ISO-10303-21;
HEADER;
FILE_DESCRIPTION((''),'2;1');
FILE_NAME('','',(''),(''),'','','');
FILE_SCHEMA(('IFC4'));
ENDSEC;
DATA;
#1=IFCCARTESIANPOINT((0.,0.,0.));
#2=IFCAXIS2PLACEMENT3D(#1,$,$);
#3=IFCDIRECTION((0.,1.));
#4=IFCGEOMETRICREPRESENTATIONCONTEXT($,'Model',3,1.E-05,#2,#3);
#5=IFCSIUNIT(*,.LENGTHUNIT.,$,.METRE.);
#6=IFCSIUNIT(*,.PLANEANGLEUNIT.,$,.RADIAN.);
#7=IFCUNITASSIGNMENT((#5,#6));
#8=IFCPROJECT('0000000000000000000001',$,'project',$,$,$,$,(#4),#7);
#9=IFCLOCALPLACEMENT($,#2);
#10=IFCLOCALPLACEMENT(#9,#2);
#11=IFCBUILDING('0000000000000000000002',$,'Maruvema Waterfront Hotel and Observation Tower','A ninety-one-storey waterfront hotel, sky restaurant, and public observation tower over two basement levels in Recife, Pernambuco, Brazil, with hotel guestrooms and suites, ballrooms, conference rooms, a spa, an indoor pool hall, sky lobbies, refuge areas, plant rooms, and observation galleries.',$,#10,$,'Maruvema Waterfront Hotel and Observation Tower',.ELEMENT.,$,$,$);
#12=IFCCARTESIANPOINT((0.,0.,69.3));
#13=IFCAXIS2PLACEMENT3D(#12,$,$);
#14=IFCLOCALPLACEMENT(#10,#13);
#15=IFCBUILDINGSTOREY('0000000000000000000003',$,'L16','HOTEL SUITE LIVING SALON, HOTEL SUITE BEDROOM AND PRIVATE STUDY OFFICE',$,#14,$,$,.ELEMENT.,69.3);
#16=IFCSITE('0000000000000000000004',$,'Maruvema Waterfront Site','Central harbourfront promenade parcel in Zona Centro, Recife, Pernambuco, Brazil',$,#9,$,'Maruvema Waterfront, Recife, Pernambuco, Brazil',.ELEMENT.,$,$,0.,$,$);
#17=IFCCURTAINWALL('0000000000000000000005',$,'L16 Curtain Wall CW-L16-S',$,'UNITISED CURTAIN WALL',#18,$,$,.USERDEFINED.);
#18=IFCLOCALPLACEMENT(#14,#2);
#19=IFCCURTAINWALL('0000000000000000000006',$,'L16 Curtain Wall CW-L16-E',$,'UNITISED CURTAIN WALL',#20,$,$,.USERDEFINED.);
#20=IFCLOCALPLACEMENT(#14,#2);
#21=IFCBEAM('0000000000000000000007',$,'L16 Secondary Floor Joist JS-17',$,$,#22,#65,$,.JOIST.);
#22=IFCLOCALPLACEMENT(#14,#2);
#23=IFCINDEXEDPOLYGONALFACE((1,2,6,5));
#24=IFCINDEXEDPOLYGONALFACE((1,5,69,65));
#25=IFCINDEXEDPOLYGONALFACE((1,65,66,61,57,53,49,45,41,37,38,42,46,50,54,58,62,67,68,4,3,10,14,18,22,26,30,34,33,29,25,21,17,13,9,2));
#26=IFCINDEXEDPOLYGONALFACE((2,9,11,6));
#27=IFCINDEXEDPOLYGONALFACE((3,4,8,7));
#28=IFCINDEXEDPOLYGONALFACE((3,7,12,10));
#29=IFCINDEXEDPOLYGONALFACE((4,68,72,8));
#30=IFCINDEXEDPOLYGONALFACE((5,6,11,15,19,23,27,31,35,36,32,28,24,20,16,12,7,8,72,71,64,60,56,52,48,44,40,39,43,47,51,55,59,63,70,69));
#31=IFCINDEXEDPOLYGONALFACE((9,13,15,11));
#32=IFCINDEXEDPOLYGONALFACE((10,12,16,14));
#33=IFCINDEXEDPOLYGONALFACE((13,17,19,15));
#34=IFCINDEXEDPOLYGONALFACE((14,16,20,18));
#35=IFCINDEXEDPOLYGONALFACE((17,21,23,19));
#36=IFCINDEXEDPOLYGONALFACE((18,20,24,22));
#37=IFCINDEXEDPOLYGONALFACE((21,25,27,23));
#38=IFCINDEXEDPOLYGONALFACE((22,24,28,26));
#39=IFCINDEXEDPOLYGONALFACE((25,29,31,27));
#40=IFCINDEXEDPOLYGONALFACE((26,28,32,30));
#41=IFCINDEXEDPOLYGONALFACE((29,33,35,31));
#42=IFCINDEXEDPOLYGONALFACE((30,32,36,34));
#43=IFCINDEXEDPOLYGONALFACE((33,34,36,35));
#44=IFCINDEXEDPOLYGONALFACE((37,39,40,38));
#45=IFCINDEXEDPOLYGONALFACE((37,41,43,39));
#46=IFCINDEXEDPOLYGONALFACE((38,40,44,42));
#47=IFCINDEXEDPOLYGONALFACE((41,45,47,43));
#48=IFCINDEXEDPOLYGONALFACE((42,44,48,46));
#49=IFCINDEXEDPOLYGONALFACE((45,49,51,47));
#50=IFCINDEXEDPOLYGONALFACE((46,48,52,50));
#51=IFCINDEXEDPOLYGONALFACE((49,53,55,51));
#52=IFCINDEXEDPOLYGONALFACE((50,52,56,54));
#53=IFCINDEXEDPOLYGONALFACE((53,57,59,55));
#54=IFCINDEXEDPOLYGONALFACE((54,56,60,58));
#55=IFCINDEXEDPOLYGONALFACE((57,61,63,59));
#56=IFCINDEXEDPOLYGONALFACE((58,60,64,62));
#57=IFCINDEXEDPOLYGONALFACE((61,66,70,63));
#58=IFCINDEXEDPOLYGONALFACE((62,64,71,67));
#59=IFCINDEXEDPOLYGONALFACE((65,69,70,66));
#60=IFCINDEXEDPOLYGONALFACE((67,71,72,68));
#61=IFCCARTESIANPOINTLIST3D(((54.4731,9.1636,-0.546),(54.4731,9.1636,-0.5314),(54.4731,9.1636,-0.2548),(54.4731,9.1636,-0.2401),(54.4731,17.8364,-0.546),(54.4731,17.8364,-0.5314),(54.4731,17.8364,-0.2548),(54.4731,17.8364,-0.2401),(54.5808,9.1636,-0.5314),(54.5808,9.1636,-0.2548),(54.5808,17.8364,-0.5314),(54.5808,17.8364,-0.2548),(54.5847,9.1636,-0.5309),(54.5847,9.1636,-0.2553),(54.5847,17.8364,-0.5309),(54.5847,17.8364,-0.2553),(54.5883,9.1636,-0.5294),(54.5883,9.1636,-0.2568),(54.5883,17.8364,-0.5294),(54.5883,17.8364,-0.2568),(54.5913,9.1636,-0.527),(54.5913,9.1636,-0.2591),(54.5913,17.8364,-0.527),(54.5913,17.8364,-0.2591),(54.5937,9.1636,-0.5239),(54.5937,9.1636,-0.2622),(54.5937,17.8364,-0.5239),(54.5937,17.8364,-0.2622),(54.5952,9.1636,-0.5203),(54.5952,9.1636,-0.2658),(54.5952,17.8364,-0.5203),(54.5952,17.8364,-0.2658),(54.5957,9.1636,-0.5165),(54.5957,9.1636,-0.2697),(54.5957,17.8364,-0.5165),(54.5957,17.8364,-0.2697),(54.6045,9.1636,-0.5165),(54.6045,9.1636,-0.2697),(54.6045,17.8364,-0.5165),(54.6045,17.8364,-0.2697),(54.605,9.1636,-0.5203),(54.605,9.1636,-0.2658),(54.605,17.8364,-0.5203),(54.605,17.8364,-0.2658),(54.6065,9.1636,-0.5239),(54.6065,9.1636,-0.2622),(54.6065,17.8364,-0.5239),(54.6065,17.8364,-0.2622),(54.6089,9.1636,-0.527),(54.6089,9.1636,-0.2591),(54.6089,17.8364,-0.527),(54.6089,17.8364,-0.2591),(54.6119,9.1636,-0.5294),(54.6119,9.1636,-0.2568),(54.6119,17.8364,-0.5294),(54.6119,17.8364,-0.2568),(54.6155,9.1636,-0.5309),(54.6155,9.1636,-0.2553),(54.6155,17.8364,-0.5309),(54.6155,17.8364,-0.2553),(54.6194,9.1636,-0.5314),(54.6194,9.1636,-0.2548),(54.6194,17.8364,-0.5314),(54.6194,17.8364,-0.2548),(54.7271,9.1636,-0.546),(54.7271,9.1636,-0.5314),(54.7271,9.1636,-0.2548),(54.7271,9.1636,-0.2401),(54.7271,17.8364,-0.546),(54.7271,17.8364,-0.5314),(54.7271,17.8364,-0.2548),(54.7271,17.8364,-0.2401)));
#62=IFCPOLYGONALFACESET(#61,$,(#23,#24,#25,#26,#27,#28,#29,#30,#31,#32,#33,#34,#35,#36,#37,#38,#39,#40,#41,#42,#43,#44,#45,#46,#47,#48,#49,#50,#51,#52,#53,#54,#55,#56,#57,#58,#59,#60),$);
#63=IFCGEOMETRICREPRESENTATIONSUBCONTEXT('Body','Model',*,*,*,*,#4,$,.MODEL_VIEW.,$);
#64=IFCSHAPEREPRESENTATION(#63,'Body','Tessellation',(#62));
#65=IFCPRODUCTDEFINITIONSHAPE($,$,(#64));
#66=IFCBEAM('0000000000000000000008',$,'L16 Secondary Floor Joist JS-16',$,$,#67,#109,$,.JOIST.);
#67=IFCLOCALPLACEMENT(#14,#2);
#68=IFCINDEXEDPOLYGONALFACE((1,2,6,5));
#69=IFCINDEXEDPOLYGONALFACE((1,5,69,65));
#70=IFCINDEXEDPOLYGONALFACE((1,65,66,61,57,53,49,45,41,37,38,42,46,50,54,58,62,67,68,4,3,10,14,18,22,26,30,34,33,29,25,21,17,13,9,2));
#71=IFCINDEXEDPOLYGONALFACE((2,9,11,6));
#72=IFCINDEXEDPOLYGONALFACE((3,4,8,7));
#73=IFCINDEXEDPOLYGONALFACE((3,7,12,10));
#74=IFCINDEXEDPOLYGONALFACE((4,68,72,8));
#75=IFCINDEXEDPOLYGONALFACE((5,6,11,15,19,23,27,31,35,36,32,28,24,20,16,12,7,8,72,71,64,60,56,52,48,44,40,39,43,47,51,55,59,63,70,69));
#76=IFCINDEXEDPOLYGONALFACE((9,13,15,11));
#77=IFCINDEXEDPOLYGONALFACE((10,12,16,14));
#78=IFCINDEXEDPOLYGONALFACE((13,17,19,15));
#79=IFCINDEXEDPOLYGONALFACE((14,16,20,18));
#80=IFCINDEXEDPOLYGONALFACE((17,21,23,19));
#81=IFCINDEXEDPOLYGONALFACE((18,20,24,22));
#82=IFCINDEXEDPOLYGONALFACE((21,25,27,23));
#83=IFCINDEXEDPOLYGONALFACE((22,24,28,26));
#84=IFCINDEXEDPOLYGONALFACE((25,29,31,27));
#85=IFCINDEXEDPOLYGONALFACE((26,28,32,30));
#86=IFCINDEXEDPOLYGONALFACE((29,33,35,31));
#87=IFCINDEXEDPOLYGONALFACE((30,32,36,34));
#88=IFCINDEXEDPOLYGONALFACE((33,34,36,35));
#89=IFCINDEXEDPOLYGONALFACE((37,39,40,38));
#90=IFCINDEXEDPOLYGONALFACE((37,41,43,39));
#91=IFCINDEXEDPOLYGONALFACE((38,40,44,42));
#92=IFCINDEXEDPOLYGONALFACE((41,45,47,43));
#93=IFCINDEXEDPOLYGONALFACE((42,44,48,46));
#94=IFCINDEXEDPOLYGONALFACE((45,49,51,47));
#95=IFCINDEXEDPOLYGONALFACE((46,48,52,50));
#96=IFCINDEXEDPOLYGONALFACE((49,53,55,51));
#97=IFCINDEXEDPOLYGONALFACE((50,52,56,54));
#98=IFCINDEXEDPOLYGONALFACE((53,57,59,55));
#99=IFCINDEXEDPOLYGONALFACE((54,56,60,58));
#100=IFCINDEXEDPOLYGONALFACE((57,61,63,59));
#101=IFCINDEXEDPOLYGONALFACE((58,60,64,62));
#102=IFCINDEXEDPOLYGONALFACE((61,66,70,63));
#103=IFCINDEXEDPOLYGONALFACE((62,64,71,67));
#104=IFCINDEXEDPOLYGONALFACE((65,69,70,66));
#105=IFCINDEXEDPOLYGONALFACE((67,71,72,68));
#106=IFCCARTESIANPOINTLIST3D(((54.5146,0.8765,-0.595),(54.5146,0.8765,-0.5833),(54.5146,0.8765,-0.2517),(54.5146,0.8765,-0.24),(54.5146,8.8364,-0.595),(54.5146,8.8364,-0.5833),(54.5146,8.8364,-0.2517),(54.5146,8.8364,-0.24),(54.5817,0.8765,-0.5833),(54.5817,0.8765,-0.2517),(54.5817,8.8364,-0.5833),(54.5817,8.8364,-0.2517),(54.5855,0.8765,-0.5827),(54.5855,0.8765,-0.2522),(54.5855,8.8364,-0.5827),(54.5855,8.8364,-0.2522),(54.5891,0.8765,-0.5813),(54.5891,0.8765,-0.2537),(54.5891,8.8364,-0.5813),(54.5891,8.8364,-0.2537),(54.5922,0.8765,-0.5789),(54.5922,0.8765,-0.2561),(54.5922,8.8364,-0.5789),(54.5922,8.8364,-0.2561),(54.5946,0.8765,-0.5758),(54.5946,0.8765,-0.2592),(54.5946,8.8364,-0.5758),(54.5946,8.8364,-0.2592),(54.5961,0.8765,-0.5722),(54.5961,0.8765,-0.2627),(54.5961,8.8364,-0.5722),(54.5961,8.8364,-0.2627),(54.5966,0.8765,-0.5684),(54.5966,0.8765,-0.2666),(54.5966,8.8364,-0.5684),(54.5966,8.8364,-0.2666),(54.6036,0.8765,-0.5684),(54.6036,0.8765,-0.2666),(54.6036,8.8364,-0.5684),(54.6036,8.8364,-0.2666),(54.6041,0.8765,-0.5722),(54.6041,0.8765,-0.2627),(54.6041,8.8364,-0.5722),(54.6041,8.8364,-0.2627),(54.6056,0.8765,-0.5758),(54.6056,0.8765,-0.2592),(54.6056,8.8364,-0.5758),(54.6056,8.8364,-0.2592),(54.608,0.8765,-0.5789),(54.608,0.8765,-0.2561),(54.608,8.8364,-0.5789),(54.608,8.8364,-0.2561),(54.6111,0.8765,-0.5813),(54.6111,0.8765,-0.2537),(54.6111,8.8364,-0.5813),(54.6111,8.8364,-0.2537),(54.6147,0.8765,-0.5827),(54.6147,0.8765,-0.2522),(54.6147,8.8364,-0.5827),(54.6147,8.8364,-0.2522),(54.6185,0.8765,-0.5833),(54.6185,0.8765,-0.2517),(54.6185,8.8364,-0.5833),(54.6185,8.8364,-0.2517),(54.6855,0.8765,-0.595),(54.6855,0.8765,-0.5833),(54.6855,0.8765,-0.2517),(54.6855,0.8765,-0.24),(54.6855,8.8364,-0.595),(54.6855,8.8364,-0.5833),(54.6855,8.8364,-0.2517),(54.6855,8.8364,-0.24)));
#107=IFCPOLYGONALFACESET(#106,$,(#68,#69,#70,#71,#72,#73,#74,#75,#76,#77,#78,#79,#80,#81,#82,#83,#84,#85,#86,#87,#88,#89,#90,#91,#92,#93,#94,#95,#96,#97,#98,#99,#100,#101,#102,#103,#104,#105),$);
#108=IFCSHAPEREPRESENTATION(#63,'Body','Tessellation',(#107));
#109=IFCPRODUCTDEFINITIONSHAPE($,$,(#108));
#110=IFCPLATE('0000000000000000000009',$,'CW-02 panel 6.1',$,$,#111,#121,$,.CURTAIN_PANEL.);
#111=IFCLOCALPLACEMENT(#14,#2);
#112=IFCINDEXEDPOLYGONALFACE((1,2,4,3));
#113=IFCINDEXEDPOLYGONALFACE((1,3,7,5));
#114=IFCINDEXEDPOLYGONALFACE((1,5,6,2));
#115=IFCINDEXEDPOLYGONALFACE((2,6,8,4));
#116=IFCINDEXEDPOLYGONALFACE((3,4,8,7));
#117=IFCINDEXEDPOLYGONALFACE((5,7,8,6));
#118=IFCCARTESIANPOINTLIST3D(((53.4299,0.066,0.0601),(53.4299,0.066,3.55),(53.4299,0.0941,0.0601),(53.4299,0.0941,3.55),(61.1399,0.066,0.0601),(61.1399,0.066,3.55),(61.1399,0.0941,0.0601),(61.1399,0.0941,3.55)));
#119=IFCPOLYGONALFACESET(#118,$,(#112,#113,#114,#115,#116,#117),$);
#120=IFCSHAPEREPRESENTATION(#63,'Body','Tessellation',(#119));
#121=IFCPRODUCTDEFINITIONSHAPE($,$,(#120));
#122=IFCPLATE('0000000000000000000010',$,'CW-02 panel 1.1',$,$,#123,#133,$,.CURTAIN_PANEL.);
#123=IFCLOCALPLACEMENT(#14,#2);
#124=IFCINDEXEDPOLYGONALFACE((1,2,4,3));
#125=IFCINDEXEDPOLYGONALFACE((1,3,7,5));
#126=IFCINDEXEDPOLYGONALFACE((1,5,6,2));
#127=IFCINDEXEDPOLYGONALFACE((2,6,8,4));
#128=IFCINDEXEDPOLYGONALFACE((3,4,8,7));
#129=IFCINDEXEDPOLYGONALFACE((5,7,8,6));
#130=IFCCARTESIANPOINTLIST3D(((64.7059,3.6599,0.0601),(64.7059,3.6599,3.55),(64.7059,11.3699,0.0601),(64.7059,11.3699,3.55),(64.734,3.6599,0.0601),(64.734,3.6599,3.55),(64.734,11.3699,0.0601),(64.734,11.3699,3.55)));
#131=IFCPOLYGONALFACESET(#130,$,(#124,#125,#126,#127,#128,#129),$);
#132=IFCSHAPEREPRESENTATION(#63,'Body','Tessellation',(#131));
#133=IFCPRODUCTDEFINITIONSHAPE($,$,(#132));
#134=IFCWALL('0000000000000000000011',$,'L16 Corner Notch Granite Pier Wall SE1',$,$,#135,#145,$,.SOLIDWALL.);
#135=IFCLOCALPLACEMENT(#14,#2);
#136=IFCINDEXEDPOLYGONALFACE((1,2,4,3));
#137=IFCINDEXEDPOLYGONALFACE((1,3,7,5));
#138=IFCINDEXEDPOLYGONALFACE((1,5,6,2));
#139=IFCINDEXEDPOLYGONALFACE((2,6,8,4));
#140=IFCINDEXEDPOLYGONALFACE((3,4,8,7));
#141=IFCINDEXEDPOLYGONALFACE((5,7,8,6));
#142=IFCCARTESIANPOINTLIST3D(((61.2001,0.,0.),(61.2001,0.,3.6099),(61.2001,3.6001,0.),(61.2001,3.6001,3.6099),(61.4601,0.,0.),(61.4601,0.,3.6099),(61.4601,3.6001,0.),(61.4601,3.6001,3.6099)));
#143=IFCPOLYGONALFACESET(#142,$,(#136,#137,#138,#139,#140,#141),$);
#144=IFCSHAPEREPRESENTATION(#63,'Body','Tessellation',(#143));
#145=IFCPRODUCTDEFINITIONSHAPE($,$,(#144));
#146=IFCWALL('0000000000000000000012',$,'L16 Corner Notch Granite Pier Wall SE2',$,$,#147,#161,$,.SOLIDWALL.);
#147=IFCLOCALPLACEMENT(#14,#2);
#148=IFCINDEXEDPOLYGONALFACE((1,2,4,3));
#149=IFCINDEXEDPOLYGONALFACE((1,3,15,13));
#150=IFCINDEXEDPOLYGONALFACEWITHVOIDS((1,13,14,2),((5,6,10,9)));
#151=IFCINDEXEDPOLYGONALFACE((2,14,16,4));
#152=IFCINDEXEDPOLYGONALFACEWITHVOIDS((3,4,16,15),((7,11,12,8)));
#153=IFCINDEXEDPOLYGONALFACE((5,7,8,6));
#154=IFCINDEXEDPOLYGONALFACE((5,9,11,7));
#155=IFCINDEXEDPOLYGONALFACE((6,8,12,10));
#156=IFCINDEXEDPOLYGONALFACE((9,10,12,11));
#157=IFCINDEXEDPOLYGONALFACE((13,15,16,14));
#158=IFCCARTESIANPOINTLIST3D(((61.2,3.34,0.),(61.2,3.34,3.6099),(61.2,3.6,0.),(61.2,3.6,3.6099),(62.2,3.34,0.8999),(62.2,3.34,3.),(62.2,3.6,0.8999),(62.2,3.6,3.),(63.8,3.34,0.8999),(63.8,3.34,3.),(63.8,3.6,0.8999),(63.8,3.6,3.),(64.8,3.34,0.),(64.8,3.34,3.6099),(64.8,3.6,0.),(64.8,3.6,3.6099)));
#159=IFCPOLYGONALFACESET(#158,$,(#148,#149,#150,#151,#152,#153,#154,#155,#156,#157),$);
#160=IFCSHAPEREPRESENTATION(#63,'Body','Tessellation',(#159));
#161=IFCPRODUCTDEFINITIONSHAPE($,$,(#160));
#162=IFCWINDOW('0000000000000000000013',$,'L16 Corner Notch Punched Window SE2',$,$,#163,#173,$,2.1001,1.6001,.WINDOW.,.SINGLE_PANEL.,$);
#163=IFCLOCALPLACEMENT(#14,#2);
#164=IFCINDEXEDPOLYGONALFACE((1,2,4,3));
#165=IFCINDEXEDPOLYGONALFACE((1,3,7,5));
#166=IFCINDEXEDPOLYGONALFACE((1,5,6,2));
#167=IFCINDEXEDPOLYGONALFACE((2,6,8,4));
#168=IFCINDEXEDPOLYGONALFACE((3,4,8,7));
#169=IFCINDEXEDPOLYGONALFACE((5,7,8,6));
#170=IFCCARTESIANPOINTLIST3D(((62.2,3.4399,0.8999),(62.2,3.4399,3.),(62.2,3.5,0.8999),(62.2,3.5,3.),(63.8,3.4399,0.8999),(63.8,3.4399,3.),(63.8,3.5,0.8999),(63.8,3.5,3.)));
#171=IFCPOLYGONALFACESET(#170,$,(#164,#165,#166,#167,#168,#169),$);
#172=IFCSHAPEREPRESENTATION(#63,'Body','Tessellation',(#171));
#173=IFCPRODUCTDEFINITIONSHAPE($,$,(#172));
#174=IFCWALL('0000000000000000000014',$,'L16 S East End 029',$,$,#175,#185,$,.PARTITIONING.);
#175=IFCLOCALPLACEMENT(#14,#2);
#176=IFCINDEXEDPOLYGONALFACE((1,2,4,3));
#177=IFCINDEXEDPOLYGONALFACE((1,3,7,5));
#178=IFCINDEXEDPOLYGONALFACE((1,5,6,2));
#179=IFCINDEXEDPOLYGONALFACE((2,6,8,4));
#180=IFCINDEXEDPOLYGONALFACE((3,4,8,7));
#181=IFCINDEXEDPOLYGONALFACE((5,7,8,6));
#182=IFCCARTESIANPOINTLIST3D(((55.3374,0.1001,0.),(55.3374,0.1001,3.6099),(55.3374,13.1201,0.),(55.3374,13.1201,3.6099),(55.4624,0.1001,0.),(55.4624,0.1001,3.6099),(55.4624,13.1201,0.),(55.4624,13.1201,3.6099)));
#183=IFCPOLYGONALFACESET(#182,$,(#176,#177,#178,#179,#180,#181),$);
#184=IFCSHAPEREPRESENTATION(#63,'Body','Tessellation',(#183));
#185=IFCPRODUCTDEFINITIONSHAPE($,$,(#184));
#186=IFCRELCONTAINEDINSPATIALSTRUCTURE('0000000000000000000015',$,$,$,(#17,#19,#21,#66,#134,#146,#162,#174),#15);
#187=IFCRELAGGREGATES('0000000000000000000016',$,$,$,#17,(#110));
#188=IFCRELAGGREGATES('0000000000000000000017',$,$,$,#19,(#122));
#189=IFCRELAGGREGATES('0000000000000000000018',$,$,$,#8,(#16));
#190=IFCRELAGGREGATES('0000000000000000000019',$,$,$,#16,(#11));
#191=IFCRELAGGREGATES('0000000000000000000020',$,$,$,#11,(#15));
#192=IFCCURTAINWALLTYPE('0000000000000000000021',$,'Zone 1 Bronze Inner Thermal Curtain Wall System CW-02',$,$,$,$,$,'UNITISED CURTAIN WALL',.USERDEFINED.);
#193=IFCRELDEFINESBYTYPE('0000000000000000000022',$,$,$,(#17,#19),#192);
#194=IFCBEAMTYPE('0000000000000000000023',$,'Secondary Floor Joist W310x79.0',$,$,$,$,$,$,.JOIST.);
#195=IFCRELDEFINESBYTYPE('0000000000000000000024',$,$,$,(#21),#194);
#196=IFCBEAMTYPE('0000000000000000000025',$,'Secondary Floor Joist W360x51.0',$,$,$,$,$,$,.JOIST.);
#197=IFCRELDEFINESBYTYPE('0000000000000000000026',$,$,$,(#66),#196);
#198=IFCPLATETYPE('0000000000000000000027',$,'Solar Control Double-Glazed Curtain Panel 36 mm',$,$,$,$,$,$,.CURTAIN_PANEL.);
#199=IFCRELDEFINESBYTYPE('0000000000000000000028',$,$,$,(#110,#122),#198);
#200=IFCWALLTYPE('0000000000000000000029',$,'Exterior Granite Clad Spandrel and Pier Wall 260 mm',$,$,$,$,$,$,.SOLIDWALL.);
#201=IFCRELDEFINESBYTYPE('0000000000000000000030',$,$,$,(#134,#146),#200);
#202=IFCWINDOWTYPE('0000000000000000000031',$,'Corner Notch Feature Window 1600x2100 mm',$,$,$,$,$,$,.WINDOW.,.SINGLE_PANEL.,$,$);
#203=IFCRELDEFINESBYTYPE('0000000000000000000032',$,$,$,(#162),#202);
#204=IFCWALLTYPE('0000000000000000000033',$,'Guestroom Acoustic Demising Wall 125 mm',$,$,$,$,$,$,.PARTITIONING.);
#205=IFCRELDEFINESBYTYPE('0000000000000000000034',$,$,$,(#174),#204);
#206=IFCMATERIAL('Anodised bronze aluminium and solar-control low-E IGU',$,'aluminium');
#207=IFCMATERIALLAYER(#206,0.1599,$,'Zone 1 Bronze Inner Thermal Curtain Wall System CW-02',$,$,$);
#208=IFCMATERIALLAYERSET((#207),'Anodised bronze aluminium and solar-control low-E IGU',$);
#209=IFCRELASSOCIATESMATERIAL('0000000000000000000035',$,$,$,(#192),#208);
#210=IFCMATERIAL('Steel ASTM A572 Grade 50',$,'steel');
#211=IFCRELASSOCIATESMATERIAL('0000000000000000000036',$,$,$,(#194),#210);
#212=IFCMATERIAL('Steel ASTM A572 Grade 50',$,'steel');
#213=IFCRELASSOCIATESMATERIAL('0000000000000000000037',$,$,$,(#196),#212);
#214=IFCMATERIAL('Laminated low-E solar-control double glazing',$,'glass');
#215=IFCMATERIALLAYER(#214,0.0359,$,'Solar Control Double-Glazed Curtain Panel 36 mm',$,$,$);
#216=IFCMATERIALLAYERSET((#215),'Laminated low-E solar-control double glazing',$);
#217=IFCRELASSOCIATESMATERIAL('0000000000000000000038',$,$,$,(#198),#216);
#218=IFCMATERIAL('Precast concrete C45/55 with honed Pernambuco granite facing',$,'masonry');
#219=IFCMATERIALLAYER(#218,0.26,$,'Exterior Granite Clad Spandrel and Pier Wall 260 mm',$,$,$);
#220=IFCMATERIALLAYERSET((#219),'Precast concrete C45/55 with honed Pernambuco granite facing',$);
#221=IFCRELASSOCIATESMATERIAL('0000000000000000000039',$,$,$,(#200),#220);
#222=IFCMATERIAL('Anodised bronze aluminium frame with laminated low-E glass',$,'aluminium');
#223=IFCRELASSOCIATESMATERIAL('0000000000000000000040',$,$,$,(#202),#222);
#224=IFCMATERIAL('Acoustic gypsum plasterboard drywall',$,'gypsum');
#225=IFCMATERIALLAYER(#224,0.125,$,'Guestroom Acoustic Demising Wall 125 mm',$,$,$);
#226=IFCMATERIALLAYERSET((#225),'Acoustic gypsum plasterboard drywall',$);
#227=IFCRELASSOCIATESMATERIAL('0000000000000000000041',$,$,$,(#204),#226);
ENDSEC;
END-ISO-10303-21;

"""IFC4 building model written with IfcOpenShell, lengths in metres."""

from ifc_helpers import new_model, si_unit, direction, frame, frame_2d, origin, origin_2d, place, context, subcontext, project, spatial, rectangle, i_section, extrude, material, layer, layer_set, material_profile, profile_set, type_object, element, fill, aggregate, save


model = new_model("IFC4")

# Units and contexts
model_context = context("Model", 3, precision=1e-05, world=origin(), true_north=direction((0.0, 1.0)))
body_context = subcontext(model_context, "Body", "Model", "MODEL_VIEW")
ifc_project = project(units=[si_unit("LENGTHUNIT", "METRE"), si_unit("PLANEANGLEUNIT", "RADIAN")], contexts=[model_context])

# Site, building, storey
site_placement = place(None, origin())
site = spatial("IfcSite", under=ifc_project, at=site_placement, Name="Maruvema Waterfront Site", Description="Central harbourfront promenade parcel in Zona Centro, Recife, Pernambuco, Brazil", LongName="Maruvema Waterfront, Recife, Pernambuco, Brazil", CompositionType="ELEMENT", RefElevation=0.0)
building_placement = place(site_placement, origin())
building = spatial("IfcBuilding", under=site, at=building_placement, Name="Maruvema Waterfront Hotel and Observation Tower", Description="A ninety-one-storey waterfront hotel, sky restaurant, and public observation tower over two basement levels in Recife, Pernambuco, Brazil, with hotel guestrooms and suites, ballrooms, conference rooms, a spa, an indoor pool hall, sky lobbies, refuge areas, plant rooms, and observation galleries.", LongName="Maruvema Waterfront Hotel and Observation Tower", CompositionType="ELEMENT")
storey_placement = place(building_placement, frame((0.0, 0.0, 69.3)))
storey = spatial("IfcBuildingStorey", under=building, at=storey_placement, Name="L16", Description="HOTEL SUITE LIVING SALON, HOTEL SUITE BEDROOM AND PRIVATE STUDY OFFICE", CompositionType="ELEMENT", Elevation=69.3)

# Curtain walls
ifc_material_1 = material(Name="Anodised bronze aluminium and solar-control low-E IGU", Category="aluminium")
ifc_layer_1 = layer(ifc_material_1, 0.1599, Name="Zone 1 Bronze Inner Thermal Curtain Wall System CW-02")
ifc_layer_set_1 = layer_set([ifc_layer_1], Name="Anodised bronze aluminium and solar-control low-E IGU")
curtain_wall_type = type_object("IfcCurtainWallType", Name="Zone 1 Bronze Inner Thermal Curtain Wall System CW-02", ElementType="UNITISED CURTAIN WALL", PredefinedType="USERDEFINED", material=ifc_layer_set_1)
curtain_wall_1_placement = place(storey_placement, origin())
curtain_wall_1 = element("IfcCurtainWall", 1, at=curtain_wall_1_placement, inside=storey, type_object=curtain_wall_type, Name="L16 Curtain Wall CW-L16-S", ObjectType="UNITISED CURTAIN WALL", PredefinedType="USERDEFINED")
curtain_wall_2_placement = place(storey_placement, origin())
curtain_wall_2 = element("IfcCurtainWall", 2, at=curtain_wall_2_placement, inside=storey, type_object=curtain_wall_type, Name="L16 Curtain Wall CW-L16-E", ObjectType="UNITISED CURTAIN WALL", PredefinedType="USERDEFINED")

# Beams
ifc_material_2 = material(Name="Steel ASTM A572 Grade 50", Category="steel")
ifc_material_profile_1 = material_profile(ifc_material_2, i_section(OverallWidth=0.2539, OverallDepth=0.3059, WebThickness=0.0088, FlangeThickness=0.0146, FilletRadius=0.0149, at=origin_2d()), Name="W310x79.0")
ifc_profile_set_1 = profile_set([ifc_material_profile_1], Name="Steel ASTM A572 Grade 50")
beam_type_1 = type_object("IfcBeamType", Name="Secondary Floor Joist W310x79.0", PredefinedType="JOIST", material=ifc_profile_set_1)
beam_1_placement = place(storey_placement, frame((54.6001, 9.1636, -0.3931), z_axis=(0.0, 1.0, 0.0), x_axis=(-1.0, 0.0, 0.0)))
element("IfcBeam", 3, at=beam_1_placement, inside=storey, type_object=beam_type_1, Name="L16 Secondary Floor Joist JS-17", PredefinedType="JOIST", context=body_context, shape_type="SweptSolid", body=[
    extrude(i_section(OverallWidth=0.2539, OverallDepth=0.3059, WebThickness=0.0088, FlangeThickness=0.0146, FilletRadius=0.0149, at=origin_2d()), origin(), (0.0, 0.0, 1.0), 8.6729),
])
ifc_material_3 = material(Name="Steel ASTM A572 Grade 50", Category="steel")
ifc_material_profile_2 = material_profile(ifc_material_3, i_section(OverallWidth=0.1709, OverallDepth=0.355, WebThickness=0.0071, FlangeThickness=0.0117, FilletRadius=0.0149, at=origin_2d()), Name="W360x51.0")
ifc_profile_set_2 = profile_set([ifc_material_profile_2], Name="Steel ASTM A572 Grade 50")
beam_type_2 = type_object("IfcBeamType", Name="Secondary Floor Joist W360x51.0", PredefinedType="JOIST", material=ifc_profile_set_2)
beam_2_placement = place(storey_placement, frame((54.6001, 0.8765, -0.4175), z_axis=(0.0, 1.0, 0.0), x_axis=(-1.0, 0.0, 0.0)))
element("IfcBeam", 4, at=beam_2_placement, inside=storey, type_object=beam_type_2, Name="L16 Secondary Floor Joist JS-16", PredefinedType="JOIST", context=body_context, shape_type="SweptSolid", body=[
    extrude(i_section(OverallWidth=0.1709, OverallDepth=0.355, WebThickness=0.0071, FlangeThickness=0.0117, FilletRadius=0.0149, at=origin_2d()), origin(), (0.0, 0.0, 1.0), 7.96),
])

# Plates
ifc_material_4 = material(Name="Laminated low-E solar-control double glazing", Category="glass")
ifc_layer_2 = layer(ifc_material_4, 0.0359, Name="Solar Control Double-Glazed Curtain Panel 36 mm")
ifc_layer_set_2 = layer_set([ifc_layer_2], Name="Laminated low-E solar-control double glazing")
plate_type = type_object("IfcPlateType", Name="Solar Control Double-Glazed Curtain Panel 36 mm", PredefinedType="CURTAIN_PANEL", material=ifc_layer_set_2)
plate_1_placement = place(storey_placement, frame((57.2849, 0.0801, 0.0601), z_axis=(0.0, 0.0, 1.0), x_axis=(1.0, 0.0, 0.0)))
plate_1 = element("IfcPlate", 5, at=plate_1_placement, type_object=plate_type, Name="CW-02 panel 6.1", PredefinedType="CURTAIN_PANEL", context=body_context, shape_type="SweptSolid", body=[
    extrude(rectangle(XDim=7.71, YDim=0.0281, at=origin_2d()), origin(), (0.0, 0.0, 1.0), 3.49),
])
aggregate(curtain_wall_1, [plate_1])
plate_2_placement = place(storey_placement, frame((64.72, 7.5149, 0.0601), z_axis=(0.0, 0.0, 1.0), x_axis=(0.0, 1.0, 0.0)))
plate_2 = element("IfcPlate", 6, at=plate_2_placement, type_object=plate_type, Name="CW-02 panel 1.1", PredefinedType="CURTAIN_PANEL", context=body_context, shape_type="SweptSolid", body=[
    extrude(rectangle(XDim=7.71, YDim=0.0281, at=origin_2d()), origin(), (0.0, 0.0, 1.0), 3.49),
])
aggregate(curtain_wall_2, [plate_2])

# Wall
ifc_material_5 = material(Name="Precast concrete C45/55 with honed Pernambuco granite facing", Category="masonry")
ifc_layer_3 = layer(ifc_material_5, 0.26, Name="Exterior Granite Clad Spandrel and Pier Wall 260 mm")
ifc_layer_set_3 = layer_set([ifc_layer_3], Name="Precast concrete C45/55 with honed Pernambuco granite facing")
wall_type_1 = type_object("IfcWallType", Name="Exterior Granite Clad Spandrel and Pier Wall 260 mm", PredefinedType="SOLIDWALL", material=ifc_layer_set_3)
wall_1_placement = place(storey_placement, frame((61.3301, 3.6001, 0.0), z_axis=(0.0, 0.0, 1.0), x_axis=(0.0, -1.0, 0.0)))
element("IfcWall", 7, at=wall_1_placement, inside=storey, type_object=wall_type_1, Name="L16 Corner Notch Granite Pier Wall SE1", PredefinedType="SOLIDWALL", context=body_context, shape_type="SweptSolid", body=[
    extrude(rectangle(XDim=3.6001, YDim=0.26, at=frame_2d((1.8, 0.0))), origin(), (0.0, 0.0, 1.0), 3.6099),
])

# Wall, opening, window
wall_2_placement = place(storey_placement, frame((64.8, 3.47, 0.0), z_axis=(0.0, 0.0, 1.0), x_axis=(-1.0, 0.0, 0.0)))
wall_2 = element("IfcWall", 8, at=wall_2_placement, inside=storey, type_object=wall_type_1, Name="L16 Corner Notch Granite Pier Wall SE2", PredefinedType="SOLIDWALL", context=body_context, shape_type="SweptSolid", body=[
    extrude(rectangle(XDim=3.6001, YDim=0.26, at=frame_2d((1.8, 0.0))), origin(), (0.0, 0.0, 1.0), 3.6099),
])
opening_placement = place(wall_2_placement, frame((1.0, 0.0, 0.8999)))
opening = element("IfcOpeningElement", 9, at=opening_placement, cuts=wall_2, PredefinedType="OPENING", context=body_context, shape_type="SweptSolid", body=[
    extrude(rectangle(XDim=1.6001, YDim=2.1001, at=frame_2d((0.8, 1.05))), frame((0.0, 0.1401, 0.0), z_axis=(0.0, -1.0, 0.0), x_axis=(1.0, 0.0, 0.0)), (0.0, 0.0, 1.0), 0.28),
])
ifc_material_6 = material(Name="Anodised bronze aluminium frame with laminated low-E glass", Category="aluminium")
window_type = type_object("IfcWindowType", Name="Corner Notch Feature Window 1600x2100 mm", PartitioningType="SINGLE_PANEL", PredefinedType="WINDOW", material=ifc_material_6)
window_placement = place(opening_placement, origin())
window = element("IfcWindow", 10, at=window_placement, inside=storey, type_object=window_type, Name="L16 Corner Notch Punched Window SE2", OverallHeight=2.1001, OverallWidth=1.6001, PartitioningType="SINGLE_PANEL", PredefinedType="WINDOW", context=body_context, shape_type="SweptSolid", body=[
    extrude(rectangle(XDim=1.6001, YDim=2.1001, at=frame_2d((0.8, 1.05))), frame((0.0, 0.03, 0.0), z_axis=(0.0, -1.0, 0.0), x_axis=(1.0, 0.0, 0.0)), (0.0, 0.0, 1.0), 0.0601),
])
fill(opening, window)

# Wall
ifc_material_7 = material(Name="Acoustic gypsum plasterboard drywall", Category="gypsum")
ifc_layer_4 = layer(ifc_material_7, 0.125, Name="Guestroom Acoustic Demising Wall 125 mm")
ifc_layer_set_4 = layer_set([ifc_layer_4], Name="Acoustic gypsum plasterboard drywall")
wall_type_2 = type_object("IfcWallType", Name="Guestroom Acoustic Demising Wall 125 mm", PredefinedType="PARTITIONING", material=ifc_layer_set_4)
wall_3_placement = place(storey_placement, frame((55.3999, 0.1001, 0.0), z_axis=(0.0, 0.0, 1.0), x_axis=(0.0, 1.0, 0.0)))
element("IfcWall", 11, at=wall_3_placement, inside=storey, type_object=wall_type_2, Name="L16 S East End 029", PredefinedType="PARTITIONING", context=body_context, shape_type="SweptSolid", body=[
    extrude(rectangle(XDim=13.02, YDim=0.125, at=frame_2d((6.51, 0.0))), origin(), (0.0, 0.0, 1.0), 3.6099),
])

save(model, "model.ifc")
